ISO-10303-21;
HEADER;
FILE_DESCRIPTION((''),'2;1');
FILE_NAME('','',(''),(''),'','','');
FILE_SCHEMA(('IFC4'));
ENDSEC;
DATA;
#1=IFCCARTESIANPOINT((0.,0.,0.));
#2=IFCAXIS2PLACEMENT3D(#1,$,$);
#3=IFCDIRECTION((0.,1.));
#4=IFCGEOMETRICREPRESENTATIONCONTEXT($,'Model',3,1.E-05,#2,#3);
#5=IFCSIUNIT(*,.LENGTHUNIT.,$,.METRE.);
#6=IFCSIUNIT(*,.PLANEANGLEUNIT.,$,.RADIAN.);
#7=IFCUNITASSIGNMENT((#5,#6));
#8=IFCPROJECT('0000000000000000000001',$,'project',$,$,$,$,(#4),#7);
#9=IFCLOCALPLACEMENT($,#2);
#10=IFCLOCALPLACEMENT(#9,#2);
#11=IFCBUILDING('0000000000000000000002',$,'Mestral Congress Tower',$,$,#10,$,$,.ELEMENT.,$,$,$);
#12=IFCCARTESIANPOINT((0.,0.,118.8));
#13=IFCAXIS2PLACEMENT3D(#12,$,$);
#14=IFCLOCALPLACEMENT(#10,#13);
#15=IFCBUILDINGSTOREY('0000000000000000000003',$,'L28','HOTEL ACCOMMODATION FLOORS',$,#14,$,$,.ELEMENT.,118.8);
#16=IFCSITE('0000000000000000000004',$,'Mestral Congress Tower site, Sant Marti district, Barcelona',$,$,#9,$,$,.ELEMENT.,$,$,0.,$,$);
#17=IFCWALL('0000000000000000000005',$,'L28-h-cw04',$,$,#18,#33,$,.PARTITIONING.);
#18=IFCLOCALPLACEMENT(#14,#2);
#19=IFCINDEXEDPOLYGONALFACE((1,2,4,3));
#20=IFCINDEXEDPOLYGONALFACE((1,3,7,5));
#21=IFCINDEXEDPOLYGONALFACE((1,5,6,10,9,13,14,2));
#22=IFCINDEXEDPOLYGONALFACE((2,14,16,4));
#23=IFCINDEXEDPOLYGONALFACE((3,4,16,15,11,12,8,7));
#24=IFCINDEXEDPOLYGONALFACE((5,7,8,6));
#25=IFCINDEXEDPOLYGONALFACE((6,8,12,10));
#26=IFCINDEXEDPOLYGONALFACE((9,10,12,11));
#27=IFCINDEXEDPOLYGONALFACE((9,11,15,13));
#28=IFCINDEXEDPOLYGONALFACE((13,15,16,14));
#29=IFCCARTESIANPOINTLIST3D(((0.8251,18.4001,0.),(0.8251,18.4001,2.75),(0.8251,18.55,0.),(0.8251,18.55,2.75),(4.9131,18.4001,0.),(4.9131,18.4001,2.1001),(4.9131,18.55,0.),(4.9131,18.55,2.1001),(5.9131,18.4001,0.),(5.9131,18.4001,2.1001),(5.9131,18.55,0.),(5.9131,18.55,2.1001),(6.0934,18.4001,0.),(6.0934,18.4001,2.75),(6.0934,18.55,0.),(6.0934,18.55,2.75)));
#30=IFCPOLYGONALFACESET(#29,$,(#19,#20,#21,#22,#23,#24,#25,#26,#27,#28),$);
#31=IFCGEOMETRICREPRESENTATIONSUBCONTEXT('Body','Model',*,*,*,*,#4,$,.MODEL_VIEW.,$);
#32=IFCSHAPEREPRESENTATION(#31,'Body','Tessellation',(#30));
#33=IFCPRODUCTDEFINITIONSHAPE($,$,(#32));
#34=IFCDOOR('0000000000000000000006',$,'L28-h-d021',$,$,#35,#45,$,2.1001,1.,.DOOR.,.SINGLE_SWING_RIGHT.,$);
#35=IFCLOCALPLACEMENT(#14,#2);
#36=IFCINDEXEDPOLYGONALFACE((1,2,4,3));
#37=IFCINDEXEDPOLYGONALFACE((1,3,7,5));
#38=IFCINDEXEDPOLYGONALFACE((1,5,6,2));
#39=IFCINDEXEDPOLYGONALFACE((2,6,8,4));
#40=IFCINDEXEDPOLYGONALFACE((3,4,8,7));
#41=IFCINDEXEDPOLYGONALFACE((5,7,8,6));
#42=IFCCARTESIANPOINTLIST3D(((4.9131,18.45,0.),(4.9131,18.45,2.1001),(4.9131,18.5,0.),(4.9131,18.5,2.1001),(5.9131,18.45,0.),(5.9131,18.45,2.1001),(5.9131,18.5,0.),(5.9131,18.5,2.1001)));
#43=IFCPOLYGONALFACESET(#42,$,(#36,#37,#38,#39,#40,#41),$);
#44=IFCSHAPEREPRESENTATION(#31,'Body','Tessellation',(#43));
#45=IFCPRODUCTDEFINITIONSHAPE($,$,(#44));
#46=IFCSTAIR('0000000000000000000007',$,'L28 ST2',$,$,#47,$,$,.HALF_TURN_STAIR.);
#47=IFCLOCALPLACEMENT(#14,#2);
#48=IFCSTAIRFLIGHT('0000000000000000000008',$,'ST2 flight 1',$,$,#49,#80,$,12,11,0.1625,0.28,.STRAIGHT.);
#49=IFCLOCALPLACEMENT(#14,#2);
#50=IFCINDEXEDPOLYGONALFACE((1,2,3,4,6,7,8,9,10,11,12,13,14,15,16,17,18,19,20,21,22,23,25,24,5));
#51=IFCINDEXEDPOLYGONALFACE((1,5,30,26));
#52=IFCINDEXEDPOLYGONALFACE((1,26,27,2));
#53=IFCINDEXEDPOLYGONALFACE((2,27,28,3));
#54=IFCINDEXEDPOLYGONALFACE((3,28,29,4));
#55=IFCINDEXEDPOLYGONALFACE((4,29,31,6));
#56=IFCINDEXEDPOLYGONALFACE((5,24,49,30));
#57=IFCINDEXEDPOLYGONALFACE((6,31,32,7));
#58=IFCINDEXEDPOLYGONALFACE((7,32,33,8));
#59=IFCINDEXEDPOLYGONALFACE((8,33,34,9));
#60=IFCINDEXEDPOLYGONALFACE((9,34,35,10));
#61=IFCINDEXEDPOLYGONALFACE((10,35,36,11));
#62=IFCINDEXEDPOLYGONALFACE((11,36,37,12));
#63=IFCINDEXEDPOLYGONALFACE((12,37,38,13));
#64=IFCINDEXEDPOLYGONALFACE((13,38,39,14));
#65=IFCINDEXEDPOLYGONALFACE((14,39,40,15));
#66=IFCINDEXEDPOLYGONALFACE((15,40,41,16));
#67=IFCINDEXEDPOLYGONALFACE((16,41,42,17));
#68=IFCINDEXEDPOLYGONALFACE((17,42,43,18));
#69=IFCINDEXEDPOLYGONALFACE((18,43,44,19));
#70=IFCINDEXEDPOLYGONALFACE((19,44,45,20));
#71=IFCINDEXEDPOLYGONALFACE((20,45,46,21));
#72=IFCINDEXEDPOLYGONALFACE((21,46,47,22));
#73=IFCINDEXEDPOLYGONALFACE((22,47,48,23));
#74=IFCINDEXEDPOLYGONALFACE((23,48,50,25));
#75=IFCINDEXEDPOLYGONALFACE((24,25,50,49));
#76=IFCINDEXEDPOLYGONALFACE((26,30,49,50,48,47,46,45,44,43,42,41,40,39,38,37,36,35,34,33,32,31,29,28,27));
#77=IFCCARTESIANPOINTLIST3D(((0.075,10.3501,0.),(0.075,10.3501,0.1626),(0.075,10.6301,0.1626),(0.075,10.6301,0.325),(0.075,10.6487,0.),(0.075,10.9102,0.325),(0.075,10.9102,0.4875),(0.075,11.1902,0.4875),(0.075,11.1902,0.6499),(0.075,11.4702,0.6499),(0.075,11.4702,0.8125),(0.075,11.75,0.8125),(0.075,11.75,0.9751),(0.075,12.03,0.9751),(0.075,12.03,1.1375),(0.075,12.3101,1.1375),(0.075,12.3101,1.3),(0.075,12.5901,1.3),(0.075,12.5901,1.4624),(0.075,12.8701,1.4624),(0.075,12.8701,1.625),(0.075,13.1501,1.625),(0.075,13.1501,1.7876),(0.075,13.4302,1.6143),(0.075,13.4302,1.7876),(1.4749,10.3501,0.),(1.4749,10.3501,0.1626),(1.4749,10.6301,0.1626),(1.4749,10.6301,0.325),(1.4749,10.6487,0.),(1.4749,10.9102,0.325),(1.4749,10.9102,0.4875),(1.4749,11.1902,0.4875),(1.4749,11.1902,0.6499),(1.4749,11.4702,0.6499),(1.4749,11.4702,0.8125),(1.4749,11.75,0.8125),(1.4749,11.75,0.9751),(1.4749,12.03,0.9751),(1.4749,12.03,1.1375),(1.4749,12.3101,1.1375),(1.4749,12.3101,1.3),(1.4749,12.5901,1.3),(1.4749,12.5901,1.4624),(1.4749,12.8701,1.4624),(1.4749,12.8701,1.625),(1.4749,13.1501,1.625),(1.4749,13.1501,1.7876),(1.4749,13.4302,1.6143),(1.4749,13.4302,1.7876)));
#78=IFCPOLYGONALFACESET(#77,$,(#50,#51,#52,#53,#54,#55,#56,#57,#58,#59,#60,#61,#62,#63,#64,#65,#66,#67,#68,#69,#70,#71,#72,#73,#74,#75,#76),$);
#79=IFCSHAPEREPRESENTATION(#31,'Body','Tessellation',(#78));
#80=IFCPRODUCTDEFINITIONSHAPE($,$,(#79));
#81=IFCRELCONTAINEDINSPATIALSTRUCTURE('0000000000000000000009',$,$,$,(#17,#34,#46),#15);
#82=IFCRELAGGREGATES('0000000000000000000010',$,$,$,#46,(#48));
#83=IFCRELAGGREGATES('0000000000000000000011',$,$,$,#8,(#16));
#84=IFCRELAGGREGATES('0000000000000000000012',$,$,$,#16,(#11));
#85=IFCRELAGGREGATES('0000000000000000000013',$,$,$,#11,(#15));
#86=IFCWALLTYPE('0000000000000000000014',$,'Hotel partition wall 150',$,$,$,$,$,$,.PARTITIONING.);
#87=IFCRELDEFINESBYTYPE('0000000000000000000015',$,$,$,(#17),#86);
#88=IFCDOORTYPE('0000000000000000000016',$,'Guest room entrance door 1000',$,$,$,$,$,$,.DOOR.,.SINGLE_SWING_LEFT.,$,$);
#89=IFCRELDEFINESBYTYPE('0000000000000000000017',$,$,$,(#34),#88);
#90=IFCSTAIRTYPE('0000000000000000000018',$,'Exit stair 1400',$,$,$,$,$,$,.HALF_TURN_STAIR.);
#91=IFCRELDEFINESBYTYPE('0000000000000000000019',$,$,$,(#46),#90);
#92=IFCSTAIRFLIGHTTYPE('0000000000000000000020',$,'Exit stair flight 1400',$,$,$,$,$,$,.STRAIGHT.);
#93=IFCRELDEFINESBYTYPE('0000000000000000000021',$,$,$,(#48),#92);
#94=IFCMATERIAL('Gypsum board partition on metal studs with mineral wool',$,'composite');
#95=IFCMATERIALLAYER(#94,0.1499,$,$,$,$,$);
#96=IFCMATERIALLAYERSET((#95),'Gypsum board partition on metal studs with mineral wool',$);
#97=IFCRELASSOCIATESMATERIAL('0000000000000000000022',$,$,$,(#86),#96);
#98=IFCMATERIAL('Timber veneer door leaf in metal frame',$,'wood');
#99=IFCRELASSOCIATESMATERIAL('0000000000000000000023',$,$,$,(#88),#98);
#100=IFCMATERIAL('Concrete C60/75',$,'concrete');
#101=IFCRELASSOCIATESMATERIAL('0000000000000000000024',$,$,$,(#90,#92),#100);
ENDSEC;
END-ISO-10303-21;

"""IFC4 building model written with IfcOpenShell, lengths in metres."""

from ifc_helpers import new_model, si_unit, direction, frame, frame_2d, origin, place, context, subcontext, project, spatial, polyline, rectangle, outline, extrude, material, layer, layer_set, type_object, element, fill, aggregate, save


model = new_model("IFC4")

# Units and contexts
model_context = context("Model", 3, precision=1e-05, world=origin(), true_north=direction((0.0, 1.0)))
body_context = subcontext(model_context, "Body", "Model", "MODEL_VIEW")
ifc_project = project(units=[si_unit("LENGTHUNIT", "METRE"), si_unit("PLANEANGLEUNIT", "RADIAN")], contexts=[model_context])

# Site, building, storey
site_placement = place(None, origin())
site = spatial("IfcSite", under=ifc_project, at=site_placement, Name="Mestral Congress Tower site, Sant Marti district, Barcelona", CompositionType="ELEMENT", RefElevation=0.0)
building_placement = place(site_placement, origin())
building = spatial("IfcBuilding", under=site, at=building_placement, Name="Mestral Congress Tower", CompositionType="ELEMENT")
storey_placement = place(building_placement, frame((0.0, 0.0, 118.8)))
storey = spatial("IfcBuildingStorey", under=building, at=storey_placement, Name="L28", Description="HOTEL ACCOMMODATION FLOORS", CompositionType="ELEMENT", Elevation=118.8)

# Shared definitions
ifc_material_1 = material(Name="Concrete C60/75", Category="concrete")

# Shared definitions
ifc_material_2 = material(Name="Gypsum board partition on metal studs with mineral wool", Category="composite")
ifc_layer_1 = layer(ifc_material_2, 0.1499)
ifc_layer_set_1 = layer_set([ifc_layer_1], Name="Gypsum board partition on metal studs with mineral wool")
wall_type_1 = type_object("IfcWallType", Name="Hotel partition wall 150", PredefinedType="PARTITIONING", material=ifc_layer_set_1)
ifc_material_3 = material(Name="Timber veneer door leaf in metal frame", Category="wood")
door_type_1 = type_object("IfcDoorType", Name="Guest room entrance door 1000", OperationType="SINGLE_SWING_LEFT", PredefinedType="DOOR", material=ifc_material_3)

# Wall, opening, door
wall_1_placement = place(storey_placement, frame((0.825, 18.4751, 0.0), z_axis=(0.0, 0.0, 1.0), x_axis=(1.0, 0.0, 0.0)))
wall_1 = element("IfcWall", 1, at=wall_1_placement, inside=storey, type_object=wall_type_1, Name="L28-h-cw04", PredefinedType="PARTITIONING", context=body_context, shape_type="SweptSolid", body=[
    extrude(rectangle(XDim=5.2683, YDim=0.1499, at=frame_2d((2.6343, 0.0))), origin(), (0.0, 0.0, 1.0), 2.75),
])
opening_1_placement = place(wall_1_placement, frame((4.0881, 0.0, 0.0)))
opening_1 = element("IfcOpeningElement", 2, at=opening_1_placement, cuts=wall_1, PredefinedType="OPENING", context=body_context, shape_type="SweptSolid", body=[
    extrude(rectangle(XDim=1.0, YDim=2.1001, at=frame_2d((0.5, 1.05))), frame((0.0, 0.085, 0.0), z_axis=(0.0, -1.0, 0.0), x_axis=(1.0, 0.0, 0.0)), (0.0, 0.0, 1.0), 0.1699),
])
door_1_placement = place(opening_1_placement, origin())
door_1 = element("IfcDoor", 3, at=door_1_placement, inside=storey, type_object=door_type_1, Name="L28-h-d021", OperationType="SINGLE_SWING_RIGHT", OverallHeight=2.1001, OverallWidth=1.0, PredefinedType="DOOR", context=body_context, shape_type="SweptSolid", body=[
    extrude(rectangle(XDim=1.0, YDim=2.1001, at=frame_2d((0.5, 1.05))), frame((0.0, 0.0249, 0.0), z_axis=(0.0, -1.0, 0.0), x_axis=(1.0, 0.0, 0.0)), (0.0, 0.0, 1.0), 0.05),
])
fill(opening_1, door_1)

# Stair, stair flight
stair_type = type_object("IfcStairType", Name="Exit stair 1400", PredefinedType="HALF_TURN_STAIR", material=ifc_material_1)
stair_placement = place(storey_placement, origin())
stair = element("IfcStair", 4, at=stair_placement, inside=storey, type_object=stair_type, Name="L28 ST2", PredefinedType="HALF_TURN_STAIR")
stair_flight_type = type_object("IfcStairFlightType", Name="Exit stair flight 1400", PredefinedType="STRAIGHT", material=ifc_material_1)
stair_flight_placement = place(storey_placement, frame((0.7749, 10.3501, 0.0), z_axis=(0.0, 0.0, 1.0), x_axis=(0.0, 1.0, 0.0)))
stair_flight = element("IfcStairFlight", 5, at=stair_flight_placement, type_object=stair_flight_type, Name="ST2 flight 1", NumberOfRisers=12, NumberOfTreads=11, PredefinedType="STRAIGHT", RiserHeight=0.1625, TreadLength=0.28, context=body_context, shape_type="SweptSolid", body=[
    extrude(outline(polyline([(0.0, 0.0), (0.0, 0.1626), (0.28, 0.1626), (0.28, 0.325), (0.5601, 0.325), (0.5601, 0.4875), (0.8401, 0.4875), (0.8401, 0.6499), (1.1201, 0.6499), (1.1201, 0.8125), (1.3999, 0.8125), (1.3999, 0.9751), (1.6799, 0.9751), (1.6799, 1.1375), (1.96, 1.1375), (1.96, 1.3), (2.24, 1.3), (2.24, 1.4624), (2.52, 1.4624), (2.52, 1.625), (2.8, 1.625), (2.8, 1.7876), (3.0801, 1.7876), (3.0801, 1.95), (3.0801, 1.6143), (0.2986, 0.0), (0.0, 0.0)])), frame((0.0, 0.7, 0.0), z_axis=(0.0, -1.0, 0.0), x_axis=(1.0, 0.0, 0.0)), (0.0, 0.0, 1.0), 1.3999),
])
aggregate(stair, [stair_flight])

save(model, "model.ifc")
